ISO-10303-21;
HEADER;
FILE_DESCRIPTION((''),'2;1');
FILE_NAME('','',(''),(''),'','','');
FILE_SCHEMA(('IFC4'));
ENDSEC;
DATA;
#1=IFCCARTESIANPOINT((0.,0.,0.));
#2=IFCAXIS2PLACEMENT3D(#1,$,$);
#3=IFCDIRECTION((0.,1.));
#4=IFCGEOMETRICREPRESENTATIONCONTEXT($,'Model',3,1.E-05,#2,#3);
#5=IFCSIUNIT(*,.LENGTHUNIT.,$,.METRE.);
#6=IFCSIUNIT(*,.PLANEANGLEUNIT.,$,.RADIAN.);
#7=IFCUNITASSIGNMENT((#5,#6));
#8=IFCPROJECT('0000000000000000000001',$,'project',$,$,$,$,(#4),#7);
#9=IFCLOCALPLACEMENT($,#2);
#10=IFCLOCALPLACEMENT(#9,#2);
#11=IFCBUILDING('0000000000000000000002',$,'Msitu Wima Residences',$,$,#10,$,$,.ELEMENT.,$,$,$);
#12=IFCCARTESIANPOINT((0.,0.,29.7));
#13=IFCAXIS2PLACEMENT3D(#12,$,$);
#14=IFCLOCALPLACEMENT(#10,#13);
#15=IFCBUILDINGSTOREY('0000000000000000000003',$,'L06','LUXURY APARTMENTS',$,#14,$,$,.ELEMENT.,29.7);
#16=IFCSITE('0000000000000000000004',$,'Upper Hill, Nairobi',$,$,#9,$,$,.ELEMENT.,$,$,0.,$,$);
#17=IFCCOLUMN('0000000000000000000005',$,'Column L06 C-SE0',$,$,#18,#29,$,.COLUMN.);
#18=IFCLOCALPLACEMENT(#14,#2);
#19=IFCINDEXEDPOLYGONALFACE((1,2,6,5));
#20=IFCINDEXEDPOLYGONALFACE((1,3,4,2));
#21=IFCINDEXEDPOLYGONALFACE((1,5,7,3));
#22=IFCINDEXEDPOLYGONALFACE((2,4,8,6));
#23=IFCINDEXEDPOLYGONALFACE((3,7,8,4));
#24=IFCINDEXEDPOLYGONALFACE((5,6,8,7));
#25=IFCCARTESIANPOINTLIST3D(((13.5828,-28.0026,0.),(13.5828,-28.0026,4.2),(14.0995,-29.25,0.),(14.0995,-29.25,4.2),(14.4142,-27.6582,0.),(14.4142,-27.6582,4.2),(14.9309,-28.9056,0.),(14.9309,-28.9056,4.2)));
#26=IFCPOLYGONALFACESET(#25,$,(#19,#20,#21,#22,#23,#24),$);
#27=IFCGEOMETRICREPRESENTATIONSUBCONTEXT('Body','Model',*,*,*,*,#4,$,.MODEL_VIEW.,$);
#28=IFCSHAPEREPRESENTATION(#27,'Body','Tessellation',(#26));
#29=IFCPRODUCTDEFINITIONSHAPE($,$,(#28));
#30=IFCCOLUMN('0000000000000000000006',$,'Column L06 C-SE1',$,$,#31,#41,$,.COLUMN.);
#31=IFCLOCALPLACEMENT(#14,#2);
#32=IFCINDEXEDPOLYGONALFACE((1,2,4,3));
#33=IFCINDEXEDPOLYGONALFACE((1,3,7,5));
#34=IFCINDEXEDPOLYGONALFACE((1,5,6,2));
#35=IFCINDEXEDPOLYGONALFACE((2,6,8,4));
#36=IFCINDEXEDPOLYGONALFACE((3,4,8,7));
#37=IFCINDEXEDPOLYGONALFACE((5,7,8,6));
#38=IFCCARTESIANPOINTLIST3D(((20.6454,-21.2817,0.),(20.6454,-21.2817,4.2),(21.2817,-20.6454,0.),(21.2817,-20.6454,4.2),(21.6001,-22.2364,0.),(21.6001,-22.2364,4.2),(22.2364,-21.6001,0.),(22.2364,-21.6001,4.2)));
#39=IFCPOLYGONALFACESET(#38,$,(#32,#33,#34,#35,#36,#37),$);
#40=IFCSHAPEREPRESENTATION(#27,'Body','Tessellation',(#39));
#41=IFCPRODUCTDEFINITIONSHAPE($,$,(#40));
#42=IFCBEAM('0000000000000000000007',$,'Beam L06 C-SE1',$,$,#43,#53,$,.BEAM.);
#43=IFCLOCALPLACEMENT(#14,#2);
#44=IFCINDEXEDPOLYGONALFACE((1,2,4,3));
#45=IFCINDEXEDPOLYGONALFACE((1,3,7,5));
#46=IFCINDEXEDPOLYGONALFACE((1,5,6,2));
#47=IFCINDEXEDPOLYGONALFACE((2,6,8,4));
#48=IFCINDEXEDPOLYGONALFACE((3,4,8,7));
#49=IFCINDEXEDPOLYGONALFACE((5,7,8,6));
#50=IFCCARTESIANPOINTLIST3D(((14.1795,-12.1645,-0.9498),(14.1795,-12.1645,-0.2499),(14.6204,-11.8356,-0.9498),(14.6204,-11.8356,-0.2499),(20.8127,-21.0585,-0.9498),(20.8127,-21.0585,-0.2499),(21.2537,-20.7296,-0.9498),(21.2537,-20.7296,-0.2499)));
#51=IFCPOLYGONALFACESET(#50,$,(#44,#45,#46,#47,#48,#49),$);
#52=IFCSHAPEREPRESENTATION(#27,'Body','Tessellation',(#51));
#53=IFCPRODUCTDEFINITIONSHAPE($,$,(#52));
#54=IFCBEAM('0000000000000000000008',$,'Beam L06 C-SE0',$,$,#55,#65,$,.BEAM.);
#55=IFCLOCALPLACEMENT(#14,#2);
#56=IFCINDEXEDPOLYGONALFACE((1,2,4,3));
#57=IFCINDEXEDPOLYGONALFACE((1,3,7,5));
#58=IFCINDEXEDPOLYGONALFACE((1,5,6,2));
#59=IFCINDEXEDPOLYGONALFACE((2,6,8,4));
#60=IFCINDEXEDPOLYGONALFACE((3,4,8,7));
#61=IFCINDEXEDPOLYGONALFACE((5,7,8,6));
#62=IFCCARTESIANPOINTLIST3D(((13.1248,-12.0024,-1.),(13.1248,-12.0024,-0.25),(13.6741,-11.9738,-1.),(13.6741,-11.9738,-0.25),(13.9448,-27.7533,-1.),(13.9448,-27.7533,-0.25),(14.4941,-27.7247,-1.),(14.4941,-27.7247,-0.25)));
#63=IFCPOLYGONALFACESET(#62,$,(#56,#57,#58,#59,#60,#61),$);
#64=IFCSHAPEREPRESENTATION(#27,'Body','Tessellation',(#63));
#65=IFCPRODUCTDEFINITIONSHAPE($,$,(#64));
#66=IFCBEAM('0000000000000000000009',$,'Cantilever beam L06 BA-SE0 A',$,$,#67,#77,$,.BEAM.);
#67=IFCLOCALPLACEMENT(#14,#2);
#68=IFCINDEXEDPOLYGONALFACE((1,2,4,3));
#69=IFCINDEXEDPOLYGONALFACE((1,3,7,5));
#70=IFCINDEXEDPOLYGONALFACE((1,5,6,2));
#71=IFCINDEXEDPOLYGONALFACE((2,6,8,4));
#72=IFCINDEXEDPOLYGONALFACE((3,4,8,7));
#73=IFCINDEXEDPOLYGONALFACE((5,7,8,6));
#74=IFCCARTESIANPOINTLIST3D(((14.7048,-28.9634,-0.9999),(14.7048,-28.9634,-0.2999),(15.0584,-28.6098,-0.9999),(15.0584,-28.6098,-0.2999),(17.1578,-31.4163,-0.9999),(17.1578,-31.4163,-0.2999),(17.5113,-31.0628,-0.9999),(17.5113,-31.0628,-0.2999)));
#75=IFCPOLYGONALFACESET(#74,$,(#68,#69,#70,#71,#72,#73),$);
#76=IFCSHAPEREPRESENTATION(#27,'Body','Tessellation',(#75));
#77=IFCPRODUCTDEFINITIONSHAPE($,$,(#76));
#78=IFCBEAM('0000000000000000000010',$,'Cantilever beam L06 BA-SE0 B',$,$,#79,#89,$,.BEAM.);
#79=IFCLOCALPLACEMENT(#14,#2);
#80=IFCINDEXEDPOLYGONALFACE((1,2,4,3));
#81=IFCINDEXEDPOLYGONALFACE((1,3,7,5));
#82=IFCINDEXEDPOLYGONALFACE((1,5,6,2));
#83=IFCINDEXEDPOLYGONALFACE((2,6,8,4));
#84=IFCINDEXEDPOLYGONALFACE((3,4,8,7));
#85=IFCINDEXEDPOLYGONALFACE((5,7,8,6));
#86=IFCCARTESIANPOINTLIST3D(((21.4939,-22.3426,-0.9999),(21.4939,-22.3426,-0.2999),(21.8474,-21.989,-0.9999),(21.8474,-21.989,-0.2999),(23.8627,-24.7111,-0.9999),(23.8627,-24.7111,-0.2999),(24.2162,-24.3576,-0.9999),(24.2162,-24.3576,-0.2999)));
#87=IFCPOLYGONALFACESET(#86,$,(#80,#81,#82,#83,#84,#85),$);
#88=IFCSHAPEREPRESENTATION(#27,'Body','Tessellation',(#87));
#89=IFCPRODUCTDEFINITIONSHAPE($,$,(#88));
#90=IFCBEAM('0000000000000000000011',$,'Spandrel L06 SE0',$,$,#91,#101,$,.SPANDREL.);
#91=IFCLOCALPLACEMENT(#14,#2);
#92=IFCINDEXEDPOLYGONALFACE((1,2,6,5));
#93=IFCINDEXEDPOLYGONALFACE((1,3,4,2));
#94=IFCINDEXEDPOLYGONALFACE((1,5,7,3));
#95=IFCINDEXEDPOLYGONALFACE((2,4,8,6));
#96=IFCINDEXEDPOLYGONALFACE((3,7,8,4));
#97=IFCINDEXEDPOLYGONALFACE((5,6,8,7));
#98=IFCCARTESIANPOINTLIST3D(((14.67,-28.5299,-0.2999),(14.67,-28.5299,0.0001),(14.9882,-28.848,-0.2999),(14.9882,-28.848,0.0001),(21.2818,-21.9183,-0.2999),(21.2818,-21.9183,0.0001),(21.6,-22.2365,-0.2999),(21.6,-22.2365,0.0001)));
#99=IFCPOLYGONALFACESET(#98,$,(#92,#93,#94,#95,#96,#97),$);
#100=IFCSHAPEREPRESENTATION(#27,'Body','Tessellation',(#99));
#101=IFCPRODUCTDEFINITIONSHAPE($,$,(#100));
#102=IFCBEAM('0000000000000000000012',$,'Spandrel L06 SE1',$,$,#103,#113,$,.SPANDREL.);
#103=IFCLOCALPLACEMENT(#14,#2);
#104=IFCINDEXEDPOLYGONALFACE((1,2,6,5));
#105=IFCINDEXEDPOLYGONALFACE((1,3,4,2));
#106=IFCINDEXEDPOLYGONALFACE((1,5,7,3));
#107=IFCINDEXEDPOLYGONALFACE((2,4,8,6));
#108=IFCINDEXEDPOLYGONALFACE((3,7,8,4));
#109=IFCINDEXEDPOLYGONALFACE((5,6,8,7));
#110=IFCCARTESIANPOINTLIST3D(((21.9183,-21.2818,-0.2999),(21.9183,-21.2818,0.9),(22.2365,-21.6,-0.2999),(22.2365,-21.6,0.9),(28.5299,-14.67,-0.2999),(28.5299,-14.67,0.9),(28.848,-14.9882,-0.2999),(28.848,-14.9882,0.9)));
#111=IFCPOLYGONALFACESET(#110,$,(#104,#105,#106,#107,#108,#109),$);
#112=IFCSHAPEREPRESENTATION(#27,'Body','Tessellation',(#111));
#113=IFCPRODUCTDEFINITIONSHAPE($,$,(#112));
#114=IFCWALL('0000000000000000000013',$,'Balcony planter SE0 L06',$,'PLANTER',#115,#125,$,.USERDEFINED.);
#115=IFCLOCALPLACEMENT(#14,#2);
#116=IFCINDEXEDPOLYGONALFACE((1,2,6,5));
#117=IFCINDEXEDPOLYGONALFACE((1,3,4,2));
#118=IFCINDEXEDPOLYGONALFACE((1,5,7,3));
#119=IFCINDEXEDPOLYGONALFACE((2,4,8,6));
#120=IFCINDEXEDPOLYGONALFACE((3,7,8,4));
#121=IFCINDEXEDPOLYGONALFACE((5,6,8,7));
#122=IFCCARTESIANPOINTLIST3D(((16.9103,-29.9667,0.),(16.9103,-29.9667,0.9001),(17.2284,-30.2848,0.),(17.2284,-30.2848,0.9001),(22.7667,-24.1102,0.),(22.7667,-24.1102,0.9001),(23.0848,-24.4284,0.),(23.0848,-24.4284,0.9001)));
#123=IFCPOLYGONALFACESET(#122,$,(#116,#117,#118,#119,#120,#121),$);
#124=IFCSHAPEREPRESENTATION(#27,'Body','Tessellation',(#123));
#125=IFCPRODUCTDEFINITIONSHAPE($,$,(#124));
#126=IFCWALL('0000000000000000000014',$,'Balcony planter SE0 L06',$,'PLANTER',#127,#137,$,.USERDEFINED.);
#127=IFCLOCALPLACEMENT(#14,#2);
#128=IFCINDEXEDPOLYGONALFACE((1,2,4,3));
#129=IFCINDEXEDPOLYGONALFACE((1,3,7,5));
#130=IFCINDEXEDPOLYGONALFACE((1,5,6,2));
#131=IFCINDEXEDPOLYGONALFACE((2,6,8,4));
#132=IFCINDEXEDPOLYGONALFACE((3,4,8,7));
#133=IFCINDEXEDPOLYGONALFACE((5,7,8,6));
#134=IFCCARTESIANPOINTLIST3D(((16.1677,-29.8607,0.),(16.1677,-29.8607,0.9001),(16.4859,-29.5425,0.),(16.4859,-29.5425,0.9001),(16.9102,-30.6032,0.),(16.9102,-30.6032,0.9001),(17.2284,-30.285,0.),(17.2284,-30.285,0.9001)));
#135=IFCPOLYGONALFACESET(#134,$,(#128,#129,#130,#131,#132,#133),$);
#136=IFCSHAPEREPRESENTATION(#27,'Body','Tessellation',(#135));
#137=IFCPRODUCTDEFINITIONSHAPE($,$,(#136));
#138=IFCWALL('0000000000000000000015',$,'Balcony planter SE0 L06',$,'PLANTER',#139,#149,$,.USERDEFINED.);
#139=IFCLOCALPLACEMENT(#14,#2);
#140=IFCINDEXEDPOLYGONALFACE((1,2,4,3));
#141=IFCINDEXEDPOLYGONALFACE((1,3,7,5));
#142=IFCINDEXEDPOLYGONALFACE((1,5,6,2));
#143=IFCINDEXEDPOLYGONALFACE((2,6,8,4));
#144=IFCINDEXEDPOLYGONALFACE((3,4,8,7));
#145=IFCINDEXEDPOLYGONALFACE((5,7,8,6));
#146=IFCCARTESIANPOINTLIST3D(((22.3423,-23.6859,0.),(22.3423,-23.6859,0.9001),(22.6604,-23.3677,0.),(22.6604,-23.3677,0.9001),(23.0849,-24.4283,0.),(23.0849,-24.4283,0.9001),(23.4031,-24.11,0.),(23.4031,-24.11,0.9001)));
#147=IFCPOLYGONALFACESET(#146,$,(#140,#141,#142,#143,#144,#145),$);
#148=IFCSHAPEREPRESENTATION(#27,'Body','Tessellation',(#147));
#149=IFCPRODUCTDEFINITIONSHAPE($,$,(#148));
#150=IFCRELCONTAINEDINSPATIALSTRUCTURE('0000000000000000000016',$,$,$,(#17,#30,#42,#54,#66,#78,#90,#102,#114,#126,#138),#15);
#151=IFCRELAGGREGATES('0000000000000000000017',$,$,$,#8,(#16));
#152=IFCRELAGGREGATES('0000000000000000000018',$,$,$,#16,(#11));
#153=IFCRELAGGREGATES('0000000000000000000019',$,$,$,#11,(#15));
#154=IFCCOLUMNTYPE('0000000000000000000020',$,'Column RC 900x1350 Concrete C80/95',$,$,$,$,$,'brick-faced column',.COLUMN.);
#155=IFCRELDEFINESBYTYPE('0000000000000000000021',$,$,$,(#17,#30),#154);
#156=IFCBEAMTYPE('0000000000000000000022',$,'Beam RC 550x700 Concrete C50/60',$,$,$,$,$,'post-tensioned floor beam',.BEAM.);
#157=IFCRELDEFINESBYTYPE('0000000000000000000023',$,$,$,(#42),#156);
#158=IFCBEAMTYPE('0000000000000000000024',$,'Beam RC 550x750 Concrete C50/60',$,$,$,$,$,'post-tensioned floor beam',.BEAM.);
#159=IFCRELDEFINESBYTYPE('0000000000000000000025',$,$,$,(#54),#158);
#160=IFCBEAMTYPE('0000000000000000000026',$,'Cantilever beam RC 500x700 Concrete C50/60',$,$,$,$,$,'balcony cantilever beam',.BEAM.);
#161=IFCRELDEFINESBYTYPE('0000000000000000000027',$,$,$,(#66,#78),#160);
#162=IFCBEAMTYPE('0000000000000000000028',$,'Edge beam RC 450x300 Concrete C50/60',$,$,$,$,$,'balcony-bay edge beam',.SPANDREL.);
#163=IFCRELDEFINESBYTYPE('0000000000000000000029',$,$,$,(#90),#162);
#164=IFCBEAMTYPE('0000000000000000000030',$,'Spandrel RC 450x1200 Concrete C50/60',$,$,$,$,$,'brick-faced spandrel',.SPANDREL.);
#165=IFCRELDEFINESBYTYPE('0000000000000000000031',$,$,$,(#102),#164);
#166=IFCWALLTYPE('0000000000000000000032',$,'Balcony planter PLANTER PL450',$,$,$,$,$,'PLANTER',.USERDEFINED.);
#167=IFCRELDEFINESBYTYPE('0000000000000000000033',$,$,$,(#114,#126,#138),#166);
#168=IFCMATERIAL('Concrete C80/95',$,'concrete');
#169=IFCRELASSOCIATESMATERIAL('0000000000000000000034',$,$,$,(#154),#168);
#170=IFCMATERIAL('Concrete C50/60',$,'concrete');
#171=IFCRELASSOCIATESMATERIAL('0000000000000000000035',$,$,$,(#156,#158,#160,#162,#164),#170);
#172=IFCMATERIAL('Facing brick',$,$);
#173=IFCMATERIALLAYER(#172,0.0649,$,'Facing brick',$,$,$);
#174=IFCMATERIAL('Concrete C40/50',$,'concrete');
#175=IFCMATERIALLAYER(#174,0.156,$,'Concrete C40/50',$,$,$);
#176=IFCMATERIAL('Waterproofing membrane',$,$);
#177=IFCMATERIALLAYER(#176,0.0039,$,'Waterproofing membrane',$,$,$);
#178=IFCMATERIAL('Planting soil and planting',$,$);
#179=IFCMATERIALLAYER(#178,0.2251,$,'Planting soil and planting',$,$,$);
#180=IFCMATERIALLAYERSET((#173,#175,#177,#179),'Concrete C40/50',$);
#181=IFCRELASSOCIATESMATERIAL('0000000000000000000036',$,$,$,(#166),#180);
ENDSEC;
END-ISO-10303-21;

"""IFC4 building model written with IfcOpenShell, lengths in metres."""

from ifc_helpers import new_model, si_unit, direction, frame, frame_2d, origin, origin_2d, place, context, subcontext, project, spatial, rectangle, extrude, material, layer, layer_set, material_profile, profile_set, type_object, element, save


model = new_model("IFC4")

# Units and contexts
model_context = context("Model", 3, precision=1e-05, world=origin(), true_north=direction((0.0, 1.0)))
body_context = subcontext(model_context, "Body", "Model", "MODEL_VIEW")
ifc_project = project(units=[si_unit("LENGTHUNIT", "METRE"), si_unit("PLANEANGLEUNIT", "RADIAN")], contexts=[model_context])

# Site, building, storey
site_placement = place(None, origin())
site = spatial("IfcSite", under=ifc_project, at=site_placement, Name="Upper Hill, Nairobi", CompositionType="ELEMENT", RefElevation=0.0)
building_placement = place(site_placement, origin())
building = spatial("IfcBuilding", under=site, at=building_placement, Name="Msitu Wima Residences", CompositionType="ELEMENT")
storey_placement = place(building_placement, frame((0.0, 0.0, 29.7)))
storey = spatial("IfcBuildingStorey", under=building, at=storey_placement, Name="L06", Description="LUXURY APARTMENTS", CompositionType="ELEMENT", Elevation=29.7)

# Columns
ifc_material_1 = material(Name="Concrete C80/95", Category="concrete")
ifc_material_profile_1 = material_profile(ifc_material_1, rectangle(XDim=0.8999, YDim=1.3501, at=origin_2d()), Name="RC 900x1350")
ifc_profile_set_1 = profile_set([ifc_material_profile_1], Name="Concrete C80/95")
column_type = type_object("IfcColumnType", Name="Column RC 900x1350 Concrete C80/95", ElementType="brick-faced column", PredefinedType="COLUMN", material=ifc_profile_set_1)
for number, where, z_axis, x_axis, name in (
    (1, (14.2568, -28.4541, 0.0), (0.0, 0.0, 1.0), (0.92388, 0.382683, 0.0), "Column L06 C-SE0"),
    (2, (21.4409, -21.4409, 0.0), (0.0, 0.0, 1.0), (0.707107, 0.707107, 0.0), "Column L06 C-SE1"),
):
    element("IfcColumn", number, at=place(storey_placement, frame(where, z_axis=z_axis, x_axis=x_axis)), inside=storey, type_object=column_type, Name=name, PredefinedType="COLUMN", context=body_context, shape_type="SweptSolid", body=[
        extrude(rectangle(XDim=0.8999, YDim=1.3501, at=origin_2d()), origin(), (0.0, 0.0, 1.0), 4.2),
    ])

# Beams
ifc_material_2 = material(Name="Concrete C50/60", Category="concrete")
ifc_material_profile_2 = material_profile(ifc_material_2, rectangle(XDim=0.55, YDim=0.7, at=origin_2d()), Name="RC 550x700")
ifc_profile_set_2 = profile_set([ifc_material_profile_2], Name="Concrete C50/60")
beam_type_1 = type_object("IfcBeamType", Name="Beam RC 550x700 Concrete C50/60", ElementType="post-tensioned floor beam", PredefinedType="BEAM", material=ifc_profile_set_2)
beam_1_placement = place(storey_placement, frame((21.0332, -20.894, -0.5999), z_axis=(-0.59785, 0.801608, 0.0), x_axis=(-0.801608, -0.59785, 0.0)))
element("IfcBeam", 3, at=beam_1_placement, inside=storey, type_object=beam_type_1, Name="Beam L06 C-SE1", PredefinedType="BEAM", context=body_context, shape_type="SweptSolid", body=[
    extrude(rectangle(XDim=0.55, YDim=0.7, at=origin_2d()), origin(), (0.0, 0.0, 1.0), 11.0952),
])
ifc_material_profile_3 = material_profile(ifc_material_2, rectangle(XDim=0.55, YDim=0.75, at=origin_2d()), Name="RC 550x750")
ifc_profile_set_3 = profile_set([ifc_material_profile_3], Name="Concrete C50/60")
beam_type_2 = type_object("IfcBeamType", Name="Beam RC 550x750 Concrete C50/60", ElementType="post-tensioned floor beam", PredefinedType="BEAM", material=ifc_profile_set_3)
beam_2_placement = place(storey_placement, frame((14.2195, -27.739, -0.625), z_axis=(-0.051994, 0.998647, 0.0), x_axis=(-0.998647, -0.051994, 0.0)))
element("IfcBeam", 4, at=beam_2_placement, inside=storey, type_object=beam_type_2, Name="Beam L06 C-SE0", PredefinedType="BEAM", context=body_context, shape_type="SweptSolid", body=[
    extrude(rectangle(XDim=0.55, YDim=0.75, at=origin_2d()), origin(), (0.0, 0.0, 1.0), 15.7722),
])
ifc_material_profile_4 = material_profile(ifc_material_2, rectangle(XDim=0.5, YDim=0.7, at=origin_2d()), Name="RC 500x700")
ifc_profile_set_4 = profile_set([ifc_material_profile_4], Name="Concrete C50/60")
beam_type_3 = type_object("IfcBeamType", Name="Cantilever beam RC 500x700 Concrete C50/60", ElementType="balcony cantilever beam", PredefinedType="BEAM", material=ifc_profile_set_4)
beam_3_placement = place(storey_placement, frame((14.8816, -28.7866, -0.6499), z_axis=(0.707107, -0.707107, 0.0), x_axis=(0.707107, 0.707107, 0.0)))
element("IfcBeam", 5, at=beam_3_placement, inside=storey, type_object=beam_type_3, Name="Cantilever beam L06 BA-SE0 A", PredefinedType="BEAM", context=body_context, shape_type="SweptSolid", body=[
    extrude(rectangle(XDim=0.5, YDim=0.7, at=origin_2d()), origin(), (0.0, 0.0, 1.0), 3.469),
])
beam_4_placement = place(storey_placement, frame((21.6707, -22.1658, -0.6499), z_axis=(0.707143, -0.70707, 0.0), x_axis=(0.70707, 0.707143, 0.0)))
element("IfcBeam", 6, at=beam_4_placement, inside=storey, type_object=beam_type_3, Name="Cantilever beam L06 BA-SE0 B", PredefinedType="BEAM", context=body_context, shape_type="SweptSolid", body=[
    extrude(rectangle(XDim=0.5, YDim=0.7, at=origin_2d()), origin(), (0.0, 0.0, 1.0), 3.3499),
])
ifc_material_profile_5 = material_profile(ifc_material_2, rectangle(XDim=0.45, YDim=0.3, at=origin_2d()), Name="RC 450x300")
ifc_profile_set_5 = profile_set([ifc_material_profile_5], Name="Concrete C50/60")
beam_type_4 = type_object("IfcBeamType", Name="Edge beam RC 450x300 Concrete C50/60", ElementType="balcony-bay edge beam", PredefinedType="SPANDREL", material=ifc_profile_set_5)
beam_5_placement = place(storey_placement, frame((14.8291, -28.689, -0.1499), z_axis=(0.70712, 0.707094, 0.0), x_axis=(-0.707094, 0.70712, 0.0)))
element("IfcBeam", 7, at=beam_5_placement, inside=storey, type_object=beam_type_4, Name="Spandrel L06 SE0", PredefinedType="SPANDREL", context=body_context, shape_type="SweptSolid", body=[
    extrude(rectangle(XDim=0.45, YDim=0.3, at=origin_2d()), origin(), (0.0, 0.0, 1.0), 9.3503),
])
ifc_material_profile_6 = material_profile(ifc_material_2, rectangle(XDim=0.45, YDim=1.2, at=origin_2d()), Name="RC 450x1200")
ifc_profile_set_6 = profile_set([ifc_material_profile_6], Name="Concrete C50/60")
beam_type_5 = type_object("IfcBeamType", Name="Spandrel RC 450x1200 Concrete C50/60", ElementType="brick-faced spandrel", PredefinedType="SPANDREL", material=ifc_profile_set_6)
beam_6_placement = place(storey_placement, frame((22.0774, -21.4409, 0.3), z_axis=(0.707094, 0.70712, 0.0), x_axis=(-0.70712, 0.707094, 0.0)))
element("IfcBeam", 8, at=beam_6_placement, inside=storey, type_object=beam_type_5, Name="Spandrel L06 SE1", PredefinedType="SPANDREL", context=body_context, shape_type="SweptSolid", body=[
    extrude(rectangle(XDim=0.45, YDim=1.2, at=origin_2d()), origin(), (0.0, 0.0, 1.0), 9.3503),
])

# Walls
ifc_material_3 = material(Name="Facing brick")
ifc_layer_1 = layer(ifc_material_3, 0.0649, Name="Facing brick")
ifc_material_4 = material(Name="Concrete C40/50", Category="concrete")
ifc_layer_2 = layer(ifc_material_4, 0.156, Name="Concrete C40/50")
ifc_material_5 = material(Name="Waterproofing membrane")
ifc_layer_3 = layer(ifc_material_5, 0.0039, Name="Waterproofing membrane")
ifc_material_6 = material(Name="Planting soil and planting")
ifc_layer_4 = layer(ifc_material_6, 0.2251, Name="Planting soil and planting")
ifc_layer_set_1 = layer_set([ifc_layer_1, ifc_layer_2, ifc_layer_3, ifc_layer_4], Name="Concrete C40/50")
wall_type_1 = type_object("IfcWallType", Name="Balcony planter PLANTER PL450", ElementType="PLANTER", PredefinedType="USERDEFINED", material=ifc_layer_set_1)
wall_1_placement = place(storey_placement, frame((17.0693, -30.1257, 0.0), z_axis=(0.0, 0.0, 1.0), x_axis=(0.707107, 0.707107, 0.0)))
element("IfcWall", 9, at=wall_1_placement, inside=storey, type_object=wall_type_1, Name="Balcony planter SE0 L06", ObjectType="PLANTER", PredefinedType="USERDEFINED", context=body_context, shape_type="SweptSolid", body=[
    extrude(rectangle(XDim=8.2822, YDim=0.45, at=frame_2d((4.1411, 0.0))), origin(), (0.0, 0.0, 1.0), 0.9001),
])
for number, where, z_axis, x_axis, name in (
    (10, (16.3269, -29.7017, 0.0), (0.0, 0.0, 1.0), (0.707107, -0.707107, 0.0), "Balcony planter SE0 L06"),
    (11, (22.5015, -23.5269, 0.0), (0.0, 0.0, 1.0), (0.707223, -0.706991, 0.0), "Balcony planter SE0 L06"),
):
    element("IfcWall", number, at=place(storey_placement, frame(where, z_axis=z_axis, x_axis=x_axis)), inside=storey, type_object=wall_type_1, Name=name, ObjectType="PLANTER", PredefinedType="USERDEFINED", context=body_context, shape_type="SweptSolid", body=[
        extrude(rectangle(XDim=1.05, YDim=0.45, at=frame_2d((0.5249, 0.0))), origin(), (0.0, 0.0, 1.0), 0.9001),
    ])

save(model, "model.ifc")
